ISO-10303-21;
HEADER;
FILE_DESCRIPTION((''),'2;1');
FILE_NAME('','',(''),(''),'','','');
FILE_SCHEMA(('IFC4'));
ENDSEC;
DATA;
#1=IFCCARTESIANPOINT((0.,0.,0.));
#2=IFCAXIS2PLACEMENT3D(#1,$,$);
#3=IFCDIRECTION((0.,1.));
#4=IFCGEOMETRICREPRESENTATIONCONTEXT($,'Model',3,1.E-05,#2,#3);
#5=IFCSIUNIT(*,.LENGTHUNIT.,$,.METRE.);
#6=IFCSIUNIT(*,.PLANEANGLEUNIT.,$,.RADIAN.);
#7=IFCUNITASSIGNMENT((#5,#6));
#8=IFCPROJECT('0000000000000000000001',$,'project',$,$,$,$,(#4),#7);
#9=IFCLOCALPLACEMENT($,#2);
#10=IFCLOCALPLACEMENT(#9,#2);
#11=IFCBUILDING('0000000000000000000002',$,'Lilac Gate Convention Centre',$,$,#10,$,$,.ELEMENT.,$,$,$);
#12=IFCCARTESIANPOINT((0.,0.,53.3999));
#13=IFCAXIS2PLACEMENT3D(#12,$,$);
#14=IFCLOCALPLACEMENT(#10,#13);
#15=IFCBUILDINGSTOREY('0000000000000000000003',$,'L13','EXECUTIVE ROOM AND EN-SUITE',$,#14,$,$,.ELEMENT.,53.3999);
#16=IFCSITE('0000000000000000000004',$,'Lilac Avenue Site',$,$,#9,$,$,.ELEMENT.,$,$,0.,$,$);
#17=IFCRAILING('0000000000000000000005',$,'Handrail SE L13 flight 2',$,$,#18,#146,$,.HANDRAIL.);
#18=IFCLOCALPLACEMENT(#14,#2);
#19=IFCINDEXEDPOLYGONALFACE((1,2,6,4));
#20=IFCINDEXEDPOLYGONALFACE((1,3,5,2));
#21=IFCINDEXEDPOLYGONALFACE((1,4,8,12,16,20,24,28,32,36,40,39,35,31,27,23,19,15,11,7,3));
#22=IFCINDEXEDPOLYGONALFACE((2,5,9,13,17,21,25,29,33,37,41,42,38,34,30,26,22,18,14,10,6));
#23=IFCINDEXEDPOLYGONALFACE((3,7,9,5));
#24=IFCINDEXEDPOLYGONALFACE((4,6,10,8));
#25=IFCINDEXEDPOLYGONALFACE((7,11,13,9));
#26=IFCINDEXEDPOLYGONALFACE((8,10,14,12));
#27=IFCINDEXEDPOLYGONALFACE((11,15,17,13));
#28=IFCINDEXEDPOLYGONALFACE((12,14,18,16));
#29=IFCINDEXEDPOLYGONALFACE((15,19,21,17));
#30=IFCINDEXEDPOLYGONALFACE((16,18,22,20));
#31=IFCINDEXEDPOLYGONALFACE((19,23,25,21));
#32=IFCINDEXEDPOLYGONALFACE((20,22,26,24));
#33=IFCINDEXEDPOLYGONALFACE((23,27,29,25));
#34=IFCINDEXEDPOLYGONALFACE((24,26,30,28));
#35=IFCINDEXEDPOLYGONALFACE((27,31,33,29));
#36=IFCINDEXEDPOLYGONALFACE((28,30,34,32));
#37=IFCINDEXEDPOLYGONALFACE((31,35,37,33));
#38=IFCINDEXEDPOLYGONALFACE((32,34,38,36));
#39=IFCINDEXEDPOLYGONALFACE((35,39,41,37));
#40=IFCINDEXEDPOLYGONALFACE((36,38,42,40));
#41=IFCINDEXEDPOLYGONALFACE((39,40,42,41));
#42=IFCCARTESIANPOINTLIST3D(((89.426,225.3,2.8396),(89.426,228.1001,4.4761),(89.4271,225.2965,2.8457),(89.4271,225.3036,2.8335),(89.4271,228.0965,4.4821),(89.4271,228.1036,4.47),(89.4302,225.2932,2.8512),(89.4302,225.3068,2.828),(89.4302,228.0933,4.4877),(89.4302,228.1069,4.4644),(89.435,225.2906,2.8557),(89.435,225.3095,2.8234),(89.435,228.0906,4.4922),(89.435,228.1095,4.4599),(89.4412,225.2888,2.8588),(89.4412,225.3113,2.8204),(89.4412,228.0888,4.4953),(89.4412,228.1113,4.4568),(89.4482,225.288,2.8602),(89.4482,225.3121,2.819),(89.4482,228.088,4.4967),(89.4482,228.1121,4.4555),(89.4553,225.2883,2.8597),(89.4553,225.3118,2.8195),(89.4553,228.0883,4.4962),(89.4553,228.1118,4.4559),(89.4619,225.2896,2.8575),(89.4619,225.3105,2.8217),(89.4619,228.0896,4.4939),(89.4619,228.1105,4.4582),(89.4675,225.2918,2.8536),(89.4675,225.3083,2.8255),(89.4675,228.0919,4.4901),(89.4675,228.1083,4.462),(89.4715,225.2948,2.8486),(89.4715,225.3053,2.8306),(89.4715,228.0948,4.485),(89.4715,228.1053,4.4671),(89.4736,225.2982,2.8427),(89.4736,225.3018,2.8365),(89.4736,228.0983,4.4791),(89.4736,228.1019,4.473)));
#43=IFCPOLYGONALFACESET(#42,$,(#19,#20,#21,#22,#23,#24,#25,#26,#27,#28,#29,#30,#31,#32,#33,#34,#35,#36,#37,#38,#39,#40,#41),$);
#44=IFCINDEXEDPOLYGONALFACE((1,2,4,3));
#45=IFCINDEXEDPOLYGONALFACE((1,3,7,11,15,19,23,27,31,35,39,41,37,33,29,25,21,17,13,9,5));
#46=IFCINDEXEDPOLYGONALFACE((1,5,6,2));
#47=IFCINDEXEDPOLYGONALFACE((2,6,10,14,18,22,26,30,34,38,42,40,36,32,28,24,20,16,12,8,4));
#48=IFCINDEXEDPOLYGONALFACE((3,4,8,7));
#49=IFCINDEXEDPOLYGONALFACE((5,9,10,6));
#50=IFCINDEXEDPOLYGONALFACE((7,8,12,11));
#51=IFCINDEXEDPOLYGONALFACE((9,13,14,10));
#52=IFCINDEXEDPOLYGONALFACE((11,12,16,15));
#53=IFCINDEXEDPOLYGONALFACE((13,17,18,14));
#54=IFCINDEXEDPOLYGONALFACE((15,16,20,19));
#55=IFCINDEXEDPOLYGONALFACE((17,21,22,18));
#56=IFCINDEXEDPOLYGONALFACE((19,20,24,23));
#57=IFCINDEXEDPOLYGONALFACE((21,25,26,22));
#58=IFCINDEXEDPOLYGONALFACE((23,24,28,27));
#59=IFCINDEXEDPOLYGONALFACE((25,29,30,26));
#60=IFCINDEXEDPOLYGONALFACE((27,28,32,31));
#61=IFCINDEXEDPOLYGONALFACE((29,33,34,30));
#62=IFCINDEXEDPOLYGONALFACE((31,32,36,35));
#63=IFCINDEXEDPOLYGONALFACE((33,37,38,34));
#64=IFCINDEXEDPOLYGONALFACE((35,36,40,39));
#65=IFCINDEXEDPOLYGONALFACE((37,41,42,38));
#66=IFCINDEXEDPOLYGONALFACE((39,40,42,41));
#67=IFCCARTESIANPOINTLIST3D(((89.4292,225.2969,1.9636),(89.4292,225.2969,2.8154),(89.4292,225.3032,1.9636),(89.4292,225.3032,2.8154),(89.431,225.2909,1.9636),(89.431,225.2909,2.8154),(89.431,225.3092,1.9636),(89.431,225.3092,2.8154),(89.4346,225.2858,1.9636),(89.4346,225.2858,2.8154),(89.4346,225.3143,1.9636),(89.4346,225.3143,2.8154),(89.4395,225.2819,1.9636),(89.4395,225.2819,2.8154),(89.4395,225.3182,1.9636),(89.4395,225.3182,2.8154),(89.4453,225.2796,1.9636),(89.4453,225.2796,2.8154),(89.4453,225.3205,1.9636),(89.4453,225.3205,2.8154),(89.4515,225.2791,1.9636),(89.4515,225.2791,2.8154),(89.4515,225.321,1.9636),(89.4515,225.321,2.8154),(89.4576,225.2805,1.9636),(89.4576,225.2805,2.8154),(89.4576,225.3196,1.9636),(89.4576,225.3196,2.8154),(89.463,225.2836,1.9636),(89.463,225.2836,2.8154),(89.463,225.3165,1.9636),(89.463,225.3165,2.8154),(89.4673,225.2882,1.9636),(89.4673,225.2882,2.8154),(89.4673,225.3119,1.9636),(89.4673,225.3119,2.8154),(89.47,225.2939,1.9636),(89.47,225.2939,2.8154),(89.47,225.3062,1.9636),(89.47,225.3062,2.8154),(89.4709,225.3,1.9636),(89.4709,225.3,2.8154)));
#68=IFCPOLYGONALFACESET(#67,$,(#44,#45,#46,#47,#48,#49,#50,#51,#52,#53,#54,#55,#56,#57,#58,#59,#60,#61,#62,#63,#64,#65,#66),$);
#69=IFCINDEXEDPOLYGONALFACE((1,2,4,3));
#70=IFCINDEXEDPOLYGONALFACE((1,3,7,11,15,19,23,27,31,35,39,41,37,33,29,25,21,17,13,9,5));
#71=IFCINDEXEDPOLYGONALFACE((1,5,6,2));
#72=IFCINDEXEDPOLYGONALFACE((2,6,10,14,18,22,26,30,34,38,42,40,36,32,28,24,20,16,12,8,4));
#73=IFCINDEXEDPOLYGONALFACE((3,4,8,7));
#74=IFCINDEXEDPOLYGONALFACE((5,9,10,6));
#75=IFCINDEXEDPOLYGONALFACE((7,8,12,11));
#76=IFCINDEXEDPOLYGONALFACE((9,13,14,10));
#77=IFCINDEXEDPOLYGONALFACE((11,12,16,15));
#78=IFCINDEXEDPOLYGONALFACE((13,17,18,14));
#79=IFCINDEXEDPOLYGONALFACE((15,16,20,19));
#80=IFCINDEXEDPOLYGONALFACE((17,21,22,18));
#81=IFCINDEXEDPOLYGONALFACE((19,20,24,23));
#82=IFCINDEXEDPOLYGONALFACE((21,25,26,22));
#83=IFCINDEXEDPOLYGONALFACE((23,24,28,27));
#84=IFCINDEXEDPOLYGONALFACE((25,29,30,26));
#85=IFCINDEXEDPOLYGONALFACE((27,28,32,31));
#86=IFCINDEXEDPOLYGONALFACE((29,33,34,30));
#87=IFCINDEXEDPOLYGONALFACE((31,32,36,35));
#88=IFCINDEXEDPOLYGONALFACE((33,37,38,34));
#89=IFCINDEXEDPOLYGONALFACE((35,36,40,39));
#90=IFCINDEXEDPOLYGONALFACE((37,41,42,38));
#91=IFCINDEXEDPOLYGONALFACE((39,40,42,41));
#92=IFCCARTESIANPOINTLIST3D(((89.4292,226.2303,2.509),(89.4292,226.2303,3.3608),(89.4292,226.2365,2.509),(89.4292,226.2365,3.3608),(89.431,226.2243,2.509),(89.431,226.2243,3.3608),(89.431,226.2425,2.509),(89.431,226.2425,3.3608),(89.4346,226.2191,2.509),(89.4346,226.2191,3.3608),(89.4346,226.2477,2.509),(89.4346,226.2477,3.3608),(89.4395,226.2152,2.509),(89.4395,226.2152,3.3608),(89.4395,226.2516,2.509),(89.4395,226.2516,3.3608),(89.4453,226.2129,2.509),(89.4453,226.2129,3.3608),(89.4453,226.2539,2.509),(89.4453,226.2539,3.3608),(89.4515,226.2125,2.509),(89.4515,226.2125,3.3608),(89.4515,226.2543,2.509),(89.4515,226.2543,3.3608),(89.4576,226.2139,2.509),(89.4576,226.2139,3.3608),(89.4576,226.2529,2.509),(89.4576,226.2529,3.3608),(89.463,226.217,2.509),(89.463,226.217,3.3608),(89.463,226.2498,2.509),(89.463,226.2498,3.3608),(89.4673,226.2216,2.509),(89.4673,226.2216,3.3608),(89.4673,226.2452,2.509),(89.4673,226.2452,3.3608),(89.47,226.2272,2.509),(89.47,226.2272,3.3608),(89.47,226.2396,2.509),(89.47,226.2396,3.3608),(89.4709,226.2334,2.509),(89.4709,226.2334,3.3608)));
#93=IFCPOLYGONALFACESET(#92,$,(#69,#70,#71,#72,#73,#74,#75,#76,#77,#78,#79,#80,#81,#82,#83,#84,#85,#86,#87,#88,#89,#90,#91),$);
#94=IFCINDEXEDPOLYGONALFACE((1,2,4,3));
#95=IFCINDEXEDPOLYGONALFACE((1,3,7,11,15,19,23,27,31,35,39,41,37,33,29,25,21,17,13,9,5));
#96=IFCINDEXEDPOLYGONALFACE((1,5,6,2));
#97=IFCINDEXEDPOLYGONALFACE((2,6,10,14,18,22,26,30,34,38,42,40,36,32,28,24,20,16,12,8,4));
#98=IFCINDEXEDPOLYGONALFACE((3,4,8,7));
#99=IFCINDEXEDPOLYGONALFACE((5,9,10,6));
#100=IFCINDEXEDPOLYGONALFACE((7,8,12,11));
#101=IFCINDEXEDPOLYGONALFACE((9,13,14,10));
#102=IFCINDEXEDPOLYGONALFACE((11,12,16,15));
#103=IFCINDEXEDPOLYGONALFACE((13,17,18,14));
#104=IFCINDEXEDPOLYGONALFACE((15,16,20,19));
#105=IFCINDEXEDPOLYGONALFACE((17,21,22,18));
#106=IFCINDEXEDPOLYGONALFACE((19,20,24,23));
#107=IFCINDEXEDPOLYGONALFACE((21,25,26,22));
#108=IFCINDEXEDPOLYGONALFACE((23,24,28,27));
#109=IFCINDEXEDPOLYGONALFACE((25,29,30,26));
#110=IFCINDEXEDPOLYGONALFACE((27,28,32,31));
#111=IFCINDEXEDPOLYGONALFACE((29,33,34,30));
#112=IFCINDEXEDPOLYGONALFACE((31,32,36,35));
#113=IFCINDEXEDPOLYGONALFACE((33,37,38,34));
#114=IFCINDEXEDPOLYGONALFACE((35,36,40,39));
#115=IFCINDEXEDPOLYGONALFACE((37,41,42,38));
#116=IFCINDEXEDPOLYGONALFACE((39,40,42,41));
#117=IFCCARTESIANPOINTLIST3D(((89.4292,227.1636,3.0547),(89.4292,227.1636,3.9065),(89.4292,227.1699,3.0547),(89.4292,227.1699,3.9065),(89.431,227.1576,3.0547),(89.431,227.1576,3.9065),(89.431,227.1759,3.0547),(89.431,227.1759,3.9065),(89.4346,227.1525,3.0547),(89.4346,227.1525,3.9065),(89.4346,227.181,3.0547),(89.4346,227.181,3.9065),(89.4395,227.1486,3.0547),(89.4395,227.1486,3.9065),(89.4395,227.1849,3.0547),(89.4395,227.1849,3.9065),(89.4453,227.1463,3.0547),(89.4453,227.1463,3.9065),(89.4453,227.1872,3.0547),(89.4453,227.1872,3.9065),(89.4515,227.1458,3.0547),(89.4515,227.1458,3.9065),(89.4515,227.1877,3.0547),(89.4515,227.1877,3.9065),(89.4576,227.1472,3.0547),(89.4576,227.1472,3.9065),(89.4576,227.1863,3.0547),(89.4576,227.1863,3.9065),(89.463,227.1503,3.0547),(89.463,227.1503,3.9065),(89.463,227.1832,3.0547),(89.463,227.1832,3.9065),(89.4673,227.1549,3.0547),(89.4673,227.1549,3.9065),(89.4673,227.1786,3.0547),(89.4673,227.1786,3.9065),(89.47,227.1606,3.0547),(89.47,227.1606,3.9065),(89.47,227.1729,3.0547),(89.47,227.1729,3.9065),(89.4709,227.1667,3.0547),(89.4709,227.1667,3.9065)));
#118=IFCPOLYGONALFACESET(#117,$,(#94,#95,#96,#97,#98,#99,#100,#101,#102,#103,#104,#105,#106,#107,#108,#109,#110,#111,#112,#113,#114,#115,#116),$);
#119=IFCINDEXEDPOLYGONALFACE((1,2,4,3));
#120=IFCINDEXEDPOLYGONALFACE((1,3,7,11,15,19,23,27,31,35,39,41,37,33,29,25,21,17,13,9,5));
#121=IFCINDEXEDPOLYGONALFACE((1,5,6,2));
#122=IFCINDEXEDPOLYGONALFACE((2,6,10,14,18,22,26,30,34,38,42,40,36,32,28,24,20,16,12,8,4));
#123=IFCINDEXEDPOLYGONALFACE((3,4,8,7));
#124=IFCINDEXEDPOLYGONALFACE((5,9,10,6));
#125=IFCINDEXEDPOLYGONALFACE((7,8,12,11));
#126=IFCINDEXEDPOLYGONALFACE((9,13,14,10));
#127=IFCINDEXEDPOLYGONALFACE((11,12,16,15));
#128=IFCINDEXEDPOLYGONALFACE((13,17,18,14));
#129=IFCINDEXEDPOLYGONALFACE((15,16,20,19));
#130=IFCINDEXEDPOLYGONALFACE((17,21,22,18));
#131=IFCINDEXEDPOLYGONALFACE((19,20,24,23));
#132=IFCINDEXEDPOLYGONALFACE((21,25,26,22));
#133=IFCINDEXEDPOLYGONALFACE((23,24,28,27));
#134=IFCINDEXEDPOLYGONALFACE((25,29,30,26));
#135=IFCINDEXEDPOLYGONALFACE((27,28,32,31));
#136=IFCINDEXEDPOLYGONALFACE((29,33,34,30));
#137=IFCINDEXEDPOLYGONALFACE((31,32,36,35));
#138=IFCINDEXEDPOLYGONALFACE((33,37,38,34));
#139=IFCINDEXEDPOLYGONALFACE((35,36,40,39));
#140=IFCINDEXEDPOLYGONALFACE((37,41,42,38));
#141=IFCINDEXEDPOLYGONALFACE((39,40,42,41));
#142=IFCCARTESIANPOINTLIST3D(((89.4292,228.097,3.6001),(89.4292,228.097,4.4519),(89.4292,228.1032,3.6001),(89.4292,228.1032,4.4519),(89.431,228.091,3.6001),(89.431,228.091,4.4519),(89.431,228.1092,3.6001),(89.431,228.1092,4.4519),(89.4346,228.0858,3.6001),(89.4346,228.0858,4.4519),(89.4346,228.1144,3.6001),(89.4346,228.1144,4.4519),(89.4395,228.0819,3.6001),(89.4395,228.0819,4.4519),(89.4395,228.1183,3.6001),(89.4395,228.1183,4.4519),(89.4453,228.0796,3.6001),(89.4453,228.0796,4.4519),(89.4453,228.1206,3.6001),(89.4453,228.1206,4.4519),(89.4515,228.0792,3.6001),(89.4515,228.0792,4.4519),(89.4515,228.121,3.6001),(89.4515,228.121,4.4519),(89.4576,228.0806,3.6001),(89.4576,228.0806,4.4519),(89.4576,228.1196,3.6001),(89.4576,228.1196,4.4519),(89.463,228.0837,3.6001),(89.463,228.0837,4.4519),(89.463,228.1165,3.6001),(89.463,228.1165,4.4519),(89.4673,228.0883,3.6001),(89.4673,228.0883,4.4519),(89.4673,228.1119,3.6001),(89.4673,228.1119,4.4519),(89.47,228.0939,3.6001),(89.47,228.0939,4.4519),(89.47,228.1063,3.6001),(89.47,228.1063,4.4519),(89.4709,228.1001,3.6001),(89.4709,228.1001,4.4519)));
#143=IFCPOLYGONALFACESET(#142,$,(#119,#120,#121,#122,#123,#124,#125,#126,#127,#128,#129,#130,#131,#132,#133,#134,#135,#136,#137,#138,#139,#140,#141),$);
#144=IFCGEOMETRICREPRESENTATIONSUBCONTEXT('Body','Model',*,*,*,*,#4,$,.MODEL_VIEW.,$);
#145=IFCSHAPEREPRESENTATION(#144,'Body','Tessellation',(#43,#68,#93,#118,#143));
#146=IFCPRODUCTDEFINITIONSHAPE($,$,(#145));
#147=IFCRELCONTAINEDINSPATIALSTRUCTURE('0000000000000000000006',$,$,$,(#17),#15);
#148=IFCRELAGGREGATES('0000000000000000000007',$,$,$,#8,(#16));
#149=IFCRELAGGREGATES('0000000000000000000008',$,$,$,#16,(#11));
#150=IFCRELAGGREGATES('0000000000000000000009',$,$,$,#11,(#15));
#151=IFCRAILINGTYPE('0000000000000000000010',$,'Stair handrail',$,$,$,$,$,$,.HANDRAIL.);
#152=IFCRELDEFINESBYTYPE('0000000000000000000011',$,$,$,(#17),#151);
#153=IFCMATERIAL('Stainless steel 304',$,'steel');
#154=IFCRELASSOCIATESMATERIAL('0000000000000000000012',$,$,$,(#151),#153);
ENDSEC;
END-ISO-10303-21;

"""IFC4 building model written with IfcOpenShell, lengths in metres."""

from ifc_helpers import new_model, si_unit, direction, frame, origin, origin_2d, place, context, subcontext, project, spatial, circle, extrude, material, type_object, element, save


model = new_model("IFC4")

# Units and contexts
model_context = context("Model", 3, precision=1e-05, world=origin(), true_north=direction((0.0, 1.0)))
body_context = subcontext(model_context, "Body", "Model", "MODEL_VIEW")
ifc_project = project(units=[si_unit("LENGTHUNIT", "METRE"), si_unit("PLANEANGLEUNIT", "RADIAN")], contexts=[model_context])

# Site, building, storey
site_placement = place(None, origin())
site = spatial("IfcSite", under=ifc_project, at=site_placement, Name="Lilac Avenue Site", CompositionType="ELEMENT", RefElevation=0.0)
building_placement = place(site_placement, origin())
building = spatial("IfcBuilding", under=site, at=building_placement, Name="Lilac Gate Convention Centre", CompositionType="ELEMENT")
storey_placement = place(building_placement, frame((0.0, 0.0, 53.3999)))
storey = spatial("IfcBuildingStorey", under=building, at=storey_placement, Name="L13", Description="EXECUTIVE ROOM AND EN-SUITE", CompositionType="ELEMENT", Elevation=53.3999)

# Railing
ifc_material_1 = material(Name="Stainless steel 304", Category="steel")
railing_type = type_object("IfcRailingType", Name="Stair handrail", PredefinedType="HANDRAIL", material=ifc_material_1)
for number, where, name in (
    (1, (89.45, 225.3, 1.9636), "Handrail SE L13 flight 2"),
):
    element("IfcRailing", number, at=place(storey_placement, frame(where)), inside=storey, type_object=railing_type, Name=name, PredefinedType="HANDRAIL", context=body_context, shape_type="SweptSolid", body=[
        extrude(circle(Radius=0.0239, at=origin_2d()), frame((0.0, 0.0, 0.876), z_axis=(0.0, 0.863361, 0.504587), x_axis=(-1.0, 0.0, 0.0)), (0.0, 0.0, 1.0), 3.2432),
        extrude(circle(Radius=0.021, at=origin_2d()), origin(), (0.0, 0.0, 1.0), 0.8518),
        extrude(circle(Radius=0.021, at=origin_2d()), frame((0.0, 0.9333, 0.5454)), (0.0, 0.0, 1.0), 0.8518),
        extrude(circle(Radius=0.021, at=origin_2d()), frame((0.0, 1.8667, 1.0911)), (0.0, 0.0, 1.0), 0.8518),
        extrude(circle(Radius=0.021, at=origin_2d()), frame((0.0, 2.8, 1.6365)), (0.0, 0.0, 1.0), 0.8518),
    ])

save(model, "model.ifc")
